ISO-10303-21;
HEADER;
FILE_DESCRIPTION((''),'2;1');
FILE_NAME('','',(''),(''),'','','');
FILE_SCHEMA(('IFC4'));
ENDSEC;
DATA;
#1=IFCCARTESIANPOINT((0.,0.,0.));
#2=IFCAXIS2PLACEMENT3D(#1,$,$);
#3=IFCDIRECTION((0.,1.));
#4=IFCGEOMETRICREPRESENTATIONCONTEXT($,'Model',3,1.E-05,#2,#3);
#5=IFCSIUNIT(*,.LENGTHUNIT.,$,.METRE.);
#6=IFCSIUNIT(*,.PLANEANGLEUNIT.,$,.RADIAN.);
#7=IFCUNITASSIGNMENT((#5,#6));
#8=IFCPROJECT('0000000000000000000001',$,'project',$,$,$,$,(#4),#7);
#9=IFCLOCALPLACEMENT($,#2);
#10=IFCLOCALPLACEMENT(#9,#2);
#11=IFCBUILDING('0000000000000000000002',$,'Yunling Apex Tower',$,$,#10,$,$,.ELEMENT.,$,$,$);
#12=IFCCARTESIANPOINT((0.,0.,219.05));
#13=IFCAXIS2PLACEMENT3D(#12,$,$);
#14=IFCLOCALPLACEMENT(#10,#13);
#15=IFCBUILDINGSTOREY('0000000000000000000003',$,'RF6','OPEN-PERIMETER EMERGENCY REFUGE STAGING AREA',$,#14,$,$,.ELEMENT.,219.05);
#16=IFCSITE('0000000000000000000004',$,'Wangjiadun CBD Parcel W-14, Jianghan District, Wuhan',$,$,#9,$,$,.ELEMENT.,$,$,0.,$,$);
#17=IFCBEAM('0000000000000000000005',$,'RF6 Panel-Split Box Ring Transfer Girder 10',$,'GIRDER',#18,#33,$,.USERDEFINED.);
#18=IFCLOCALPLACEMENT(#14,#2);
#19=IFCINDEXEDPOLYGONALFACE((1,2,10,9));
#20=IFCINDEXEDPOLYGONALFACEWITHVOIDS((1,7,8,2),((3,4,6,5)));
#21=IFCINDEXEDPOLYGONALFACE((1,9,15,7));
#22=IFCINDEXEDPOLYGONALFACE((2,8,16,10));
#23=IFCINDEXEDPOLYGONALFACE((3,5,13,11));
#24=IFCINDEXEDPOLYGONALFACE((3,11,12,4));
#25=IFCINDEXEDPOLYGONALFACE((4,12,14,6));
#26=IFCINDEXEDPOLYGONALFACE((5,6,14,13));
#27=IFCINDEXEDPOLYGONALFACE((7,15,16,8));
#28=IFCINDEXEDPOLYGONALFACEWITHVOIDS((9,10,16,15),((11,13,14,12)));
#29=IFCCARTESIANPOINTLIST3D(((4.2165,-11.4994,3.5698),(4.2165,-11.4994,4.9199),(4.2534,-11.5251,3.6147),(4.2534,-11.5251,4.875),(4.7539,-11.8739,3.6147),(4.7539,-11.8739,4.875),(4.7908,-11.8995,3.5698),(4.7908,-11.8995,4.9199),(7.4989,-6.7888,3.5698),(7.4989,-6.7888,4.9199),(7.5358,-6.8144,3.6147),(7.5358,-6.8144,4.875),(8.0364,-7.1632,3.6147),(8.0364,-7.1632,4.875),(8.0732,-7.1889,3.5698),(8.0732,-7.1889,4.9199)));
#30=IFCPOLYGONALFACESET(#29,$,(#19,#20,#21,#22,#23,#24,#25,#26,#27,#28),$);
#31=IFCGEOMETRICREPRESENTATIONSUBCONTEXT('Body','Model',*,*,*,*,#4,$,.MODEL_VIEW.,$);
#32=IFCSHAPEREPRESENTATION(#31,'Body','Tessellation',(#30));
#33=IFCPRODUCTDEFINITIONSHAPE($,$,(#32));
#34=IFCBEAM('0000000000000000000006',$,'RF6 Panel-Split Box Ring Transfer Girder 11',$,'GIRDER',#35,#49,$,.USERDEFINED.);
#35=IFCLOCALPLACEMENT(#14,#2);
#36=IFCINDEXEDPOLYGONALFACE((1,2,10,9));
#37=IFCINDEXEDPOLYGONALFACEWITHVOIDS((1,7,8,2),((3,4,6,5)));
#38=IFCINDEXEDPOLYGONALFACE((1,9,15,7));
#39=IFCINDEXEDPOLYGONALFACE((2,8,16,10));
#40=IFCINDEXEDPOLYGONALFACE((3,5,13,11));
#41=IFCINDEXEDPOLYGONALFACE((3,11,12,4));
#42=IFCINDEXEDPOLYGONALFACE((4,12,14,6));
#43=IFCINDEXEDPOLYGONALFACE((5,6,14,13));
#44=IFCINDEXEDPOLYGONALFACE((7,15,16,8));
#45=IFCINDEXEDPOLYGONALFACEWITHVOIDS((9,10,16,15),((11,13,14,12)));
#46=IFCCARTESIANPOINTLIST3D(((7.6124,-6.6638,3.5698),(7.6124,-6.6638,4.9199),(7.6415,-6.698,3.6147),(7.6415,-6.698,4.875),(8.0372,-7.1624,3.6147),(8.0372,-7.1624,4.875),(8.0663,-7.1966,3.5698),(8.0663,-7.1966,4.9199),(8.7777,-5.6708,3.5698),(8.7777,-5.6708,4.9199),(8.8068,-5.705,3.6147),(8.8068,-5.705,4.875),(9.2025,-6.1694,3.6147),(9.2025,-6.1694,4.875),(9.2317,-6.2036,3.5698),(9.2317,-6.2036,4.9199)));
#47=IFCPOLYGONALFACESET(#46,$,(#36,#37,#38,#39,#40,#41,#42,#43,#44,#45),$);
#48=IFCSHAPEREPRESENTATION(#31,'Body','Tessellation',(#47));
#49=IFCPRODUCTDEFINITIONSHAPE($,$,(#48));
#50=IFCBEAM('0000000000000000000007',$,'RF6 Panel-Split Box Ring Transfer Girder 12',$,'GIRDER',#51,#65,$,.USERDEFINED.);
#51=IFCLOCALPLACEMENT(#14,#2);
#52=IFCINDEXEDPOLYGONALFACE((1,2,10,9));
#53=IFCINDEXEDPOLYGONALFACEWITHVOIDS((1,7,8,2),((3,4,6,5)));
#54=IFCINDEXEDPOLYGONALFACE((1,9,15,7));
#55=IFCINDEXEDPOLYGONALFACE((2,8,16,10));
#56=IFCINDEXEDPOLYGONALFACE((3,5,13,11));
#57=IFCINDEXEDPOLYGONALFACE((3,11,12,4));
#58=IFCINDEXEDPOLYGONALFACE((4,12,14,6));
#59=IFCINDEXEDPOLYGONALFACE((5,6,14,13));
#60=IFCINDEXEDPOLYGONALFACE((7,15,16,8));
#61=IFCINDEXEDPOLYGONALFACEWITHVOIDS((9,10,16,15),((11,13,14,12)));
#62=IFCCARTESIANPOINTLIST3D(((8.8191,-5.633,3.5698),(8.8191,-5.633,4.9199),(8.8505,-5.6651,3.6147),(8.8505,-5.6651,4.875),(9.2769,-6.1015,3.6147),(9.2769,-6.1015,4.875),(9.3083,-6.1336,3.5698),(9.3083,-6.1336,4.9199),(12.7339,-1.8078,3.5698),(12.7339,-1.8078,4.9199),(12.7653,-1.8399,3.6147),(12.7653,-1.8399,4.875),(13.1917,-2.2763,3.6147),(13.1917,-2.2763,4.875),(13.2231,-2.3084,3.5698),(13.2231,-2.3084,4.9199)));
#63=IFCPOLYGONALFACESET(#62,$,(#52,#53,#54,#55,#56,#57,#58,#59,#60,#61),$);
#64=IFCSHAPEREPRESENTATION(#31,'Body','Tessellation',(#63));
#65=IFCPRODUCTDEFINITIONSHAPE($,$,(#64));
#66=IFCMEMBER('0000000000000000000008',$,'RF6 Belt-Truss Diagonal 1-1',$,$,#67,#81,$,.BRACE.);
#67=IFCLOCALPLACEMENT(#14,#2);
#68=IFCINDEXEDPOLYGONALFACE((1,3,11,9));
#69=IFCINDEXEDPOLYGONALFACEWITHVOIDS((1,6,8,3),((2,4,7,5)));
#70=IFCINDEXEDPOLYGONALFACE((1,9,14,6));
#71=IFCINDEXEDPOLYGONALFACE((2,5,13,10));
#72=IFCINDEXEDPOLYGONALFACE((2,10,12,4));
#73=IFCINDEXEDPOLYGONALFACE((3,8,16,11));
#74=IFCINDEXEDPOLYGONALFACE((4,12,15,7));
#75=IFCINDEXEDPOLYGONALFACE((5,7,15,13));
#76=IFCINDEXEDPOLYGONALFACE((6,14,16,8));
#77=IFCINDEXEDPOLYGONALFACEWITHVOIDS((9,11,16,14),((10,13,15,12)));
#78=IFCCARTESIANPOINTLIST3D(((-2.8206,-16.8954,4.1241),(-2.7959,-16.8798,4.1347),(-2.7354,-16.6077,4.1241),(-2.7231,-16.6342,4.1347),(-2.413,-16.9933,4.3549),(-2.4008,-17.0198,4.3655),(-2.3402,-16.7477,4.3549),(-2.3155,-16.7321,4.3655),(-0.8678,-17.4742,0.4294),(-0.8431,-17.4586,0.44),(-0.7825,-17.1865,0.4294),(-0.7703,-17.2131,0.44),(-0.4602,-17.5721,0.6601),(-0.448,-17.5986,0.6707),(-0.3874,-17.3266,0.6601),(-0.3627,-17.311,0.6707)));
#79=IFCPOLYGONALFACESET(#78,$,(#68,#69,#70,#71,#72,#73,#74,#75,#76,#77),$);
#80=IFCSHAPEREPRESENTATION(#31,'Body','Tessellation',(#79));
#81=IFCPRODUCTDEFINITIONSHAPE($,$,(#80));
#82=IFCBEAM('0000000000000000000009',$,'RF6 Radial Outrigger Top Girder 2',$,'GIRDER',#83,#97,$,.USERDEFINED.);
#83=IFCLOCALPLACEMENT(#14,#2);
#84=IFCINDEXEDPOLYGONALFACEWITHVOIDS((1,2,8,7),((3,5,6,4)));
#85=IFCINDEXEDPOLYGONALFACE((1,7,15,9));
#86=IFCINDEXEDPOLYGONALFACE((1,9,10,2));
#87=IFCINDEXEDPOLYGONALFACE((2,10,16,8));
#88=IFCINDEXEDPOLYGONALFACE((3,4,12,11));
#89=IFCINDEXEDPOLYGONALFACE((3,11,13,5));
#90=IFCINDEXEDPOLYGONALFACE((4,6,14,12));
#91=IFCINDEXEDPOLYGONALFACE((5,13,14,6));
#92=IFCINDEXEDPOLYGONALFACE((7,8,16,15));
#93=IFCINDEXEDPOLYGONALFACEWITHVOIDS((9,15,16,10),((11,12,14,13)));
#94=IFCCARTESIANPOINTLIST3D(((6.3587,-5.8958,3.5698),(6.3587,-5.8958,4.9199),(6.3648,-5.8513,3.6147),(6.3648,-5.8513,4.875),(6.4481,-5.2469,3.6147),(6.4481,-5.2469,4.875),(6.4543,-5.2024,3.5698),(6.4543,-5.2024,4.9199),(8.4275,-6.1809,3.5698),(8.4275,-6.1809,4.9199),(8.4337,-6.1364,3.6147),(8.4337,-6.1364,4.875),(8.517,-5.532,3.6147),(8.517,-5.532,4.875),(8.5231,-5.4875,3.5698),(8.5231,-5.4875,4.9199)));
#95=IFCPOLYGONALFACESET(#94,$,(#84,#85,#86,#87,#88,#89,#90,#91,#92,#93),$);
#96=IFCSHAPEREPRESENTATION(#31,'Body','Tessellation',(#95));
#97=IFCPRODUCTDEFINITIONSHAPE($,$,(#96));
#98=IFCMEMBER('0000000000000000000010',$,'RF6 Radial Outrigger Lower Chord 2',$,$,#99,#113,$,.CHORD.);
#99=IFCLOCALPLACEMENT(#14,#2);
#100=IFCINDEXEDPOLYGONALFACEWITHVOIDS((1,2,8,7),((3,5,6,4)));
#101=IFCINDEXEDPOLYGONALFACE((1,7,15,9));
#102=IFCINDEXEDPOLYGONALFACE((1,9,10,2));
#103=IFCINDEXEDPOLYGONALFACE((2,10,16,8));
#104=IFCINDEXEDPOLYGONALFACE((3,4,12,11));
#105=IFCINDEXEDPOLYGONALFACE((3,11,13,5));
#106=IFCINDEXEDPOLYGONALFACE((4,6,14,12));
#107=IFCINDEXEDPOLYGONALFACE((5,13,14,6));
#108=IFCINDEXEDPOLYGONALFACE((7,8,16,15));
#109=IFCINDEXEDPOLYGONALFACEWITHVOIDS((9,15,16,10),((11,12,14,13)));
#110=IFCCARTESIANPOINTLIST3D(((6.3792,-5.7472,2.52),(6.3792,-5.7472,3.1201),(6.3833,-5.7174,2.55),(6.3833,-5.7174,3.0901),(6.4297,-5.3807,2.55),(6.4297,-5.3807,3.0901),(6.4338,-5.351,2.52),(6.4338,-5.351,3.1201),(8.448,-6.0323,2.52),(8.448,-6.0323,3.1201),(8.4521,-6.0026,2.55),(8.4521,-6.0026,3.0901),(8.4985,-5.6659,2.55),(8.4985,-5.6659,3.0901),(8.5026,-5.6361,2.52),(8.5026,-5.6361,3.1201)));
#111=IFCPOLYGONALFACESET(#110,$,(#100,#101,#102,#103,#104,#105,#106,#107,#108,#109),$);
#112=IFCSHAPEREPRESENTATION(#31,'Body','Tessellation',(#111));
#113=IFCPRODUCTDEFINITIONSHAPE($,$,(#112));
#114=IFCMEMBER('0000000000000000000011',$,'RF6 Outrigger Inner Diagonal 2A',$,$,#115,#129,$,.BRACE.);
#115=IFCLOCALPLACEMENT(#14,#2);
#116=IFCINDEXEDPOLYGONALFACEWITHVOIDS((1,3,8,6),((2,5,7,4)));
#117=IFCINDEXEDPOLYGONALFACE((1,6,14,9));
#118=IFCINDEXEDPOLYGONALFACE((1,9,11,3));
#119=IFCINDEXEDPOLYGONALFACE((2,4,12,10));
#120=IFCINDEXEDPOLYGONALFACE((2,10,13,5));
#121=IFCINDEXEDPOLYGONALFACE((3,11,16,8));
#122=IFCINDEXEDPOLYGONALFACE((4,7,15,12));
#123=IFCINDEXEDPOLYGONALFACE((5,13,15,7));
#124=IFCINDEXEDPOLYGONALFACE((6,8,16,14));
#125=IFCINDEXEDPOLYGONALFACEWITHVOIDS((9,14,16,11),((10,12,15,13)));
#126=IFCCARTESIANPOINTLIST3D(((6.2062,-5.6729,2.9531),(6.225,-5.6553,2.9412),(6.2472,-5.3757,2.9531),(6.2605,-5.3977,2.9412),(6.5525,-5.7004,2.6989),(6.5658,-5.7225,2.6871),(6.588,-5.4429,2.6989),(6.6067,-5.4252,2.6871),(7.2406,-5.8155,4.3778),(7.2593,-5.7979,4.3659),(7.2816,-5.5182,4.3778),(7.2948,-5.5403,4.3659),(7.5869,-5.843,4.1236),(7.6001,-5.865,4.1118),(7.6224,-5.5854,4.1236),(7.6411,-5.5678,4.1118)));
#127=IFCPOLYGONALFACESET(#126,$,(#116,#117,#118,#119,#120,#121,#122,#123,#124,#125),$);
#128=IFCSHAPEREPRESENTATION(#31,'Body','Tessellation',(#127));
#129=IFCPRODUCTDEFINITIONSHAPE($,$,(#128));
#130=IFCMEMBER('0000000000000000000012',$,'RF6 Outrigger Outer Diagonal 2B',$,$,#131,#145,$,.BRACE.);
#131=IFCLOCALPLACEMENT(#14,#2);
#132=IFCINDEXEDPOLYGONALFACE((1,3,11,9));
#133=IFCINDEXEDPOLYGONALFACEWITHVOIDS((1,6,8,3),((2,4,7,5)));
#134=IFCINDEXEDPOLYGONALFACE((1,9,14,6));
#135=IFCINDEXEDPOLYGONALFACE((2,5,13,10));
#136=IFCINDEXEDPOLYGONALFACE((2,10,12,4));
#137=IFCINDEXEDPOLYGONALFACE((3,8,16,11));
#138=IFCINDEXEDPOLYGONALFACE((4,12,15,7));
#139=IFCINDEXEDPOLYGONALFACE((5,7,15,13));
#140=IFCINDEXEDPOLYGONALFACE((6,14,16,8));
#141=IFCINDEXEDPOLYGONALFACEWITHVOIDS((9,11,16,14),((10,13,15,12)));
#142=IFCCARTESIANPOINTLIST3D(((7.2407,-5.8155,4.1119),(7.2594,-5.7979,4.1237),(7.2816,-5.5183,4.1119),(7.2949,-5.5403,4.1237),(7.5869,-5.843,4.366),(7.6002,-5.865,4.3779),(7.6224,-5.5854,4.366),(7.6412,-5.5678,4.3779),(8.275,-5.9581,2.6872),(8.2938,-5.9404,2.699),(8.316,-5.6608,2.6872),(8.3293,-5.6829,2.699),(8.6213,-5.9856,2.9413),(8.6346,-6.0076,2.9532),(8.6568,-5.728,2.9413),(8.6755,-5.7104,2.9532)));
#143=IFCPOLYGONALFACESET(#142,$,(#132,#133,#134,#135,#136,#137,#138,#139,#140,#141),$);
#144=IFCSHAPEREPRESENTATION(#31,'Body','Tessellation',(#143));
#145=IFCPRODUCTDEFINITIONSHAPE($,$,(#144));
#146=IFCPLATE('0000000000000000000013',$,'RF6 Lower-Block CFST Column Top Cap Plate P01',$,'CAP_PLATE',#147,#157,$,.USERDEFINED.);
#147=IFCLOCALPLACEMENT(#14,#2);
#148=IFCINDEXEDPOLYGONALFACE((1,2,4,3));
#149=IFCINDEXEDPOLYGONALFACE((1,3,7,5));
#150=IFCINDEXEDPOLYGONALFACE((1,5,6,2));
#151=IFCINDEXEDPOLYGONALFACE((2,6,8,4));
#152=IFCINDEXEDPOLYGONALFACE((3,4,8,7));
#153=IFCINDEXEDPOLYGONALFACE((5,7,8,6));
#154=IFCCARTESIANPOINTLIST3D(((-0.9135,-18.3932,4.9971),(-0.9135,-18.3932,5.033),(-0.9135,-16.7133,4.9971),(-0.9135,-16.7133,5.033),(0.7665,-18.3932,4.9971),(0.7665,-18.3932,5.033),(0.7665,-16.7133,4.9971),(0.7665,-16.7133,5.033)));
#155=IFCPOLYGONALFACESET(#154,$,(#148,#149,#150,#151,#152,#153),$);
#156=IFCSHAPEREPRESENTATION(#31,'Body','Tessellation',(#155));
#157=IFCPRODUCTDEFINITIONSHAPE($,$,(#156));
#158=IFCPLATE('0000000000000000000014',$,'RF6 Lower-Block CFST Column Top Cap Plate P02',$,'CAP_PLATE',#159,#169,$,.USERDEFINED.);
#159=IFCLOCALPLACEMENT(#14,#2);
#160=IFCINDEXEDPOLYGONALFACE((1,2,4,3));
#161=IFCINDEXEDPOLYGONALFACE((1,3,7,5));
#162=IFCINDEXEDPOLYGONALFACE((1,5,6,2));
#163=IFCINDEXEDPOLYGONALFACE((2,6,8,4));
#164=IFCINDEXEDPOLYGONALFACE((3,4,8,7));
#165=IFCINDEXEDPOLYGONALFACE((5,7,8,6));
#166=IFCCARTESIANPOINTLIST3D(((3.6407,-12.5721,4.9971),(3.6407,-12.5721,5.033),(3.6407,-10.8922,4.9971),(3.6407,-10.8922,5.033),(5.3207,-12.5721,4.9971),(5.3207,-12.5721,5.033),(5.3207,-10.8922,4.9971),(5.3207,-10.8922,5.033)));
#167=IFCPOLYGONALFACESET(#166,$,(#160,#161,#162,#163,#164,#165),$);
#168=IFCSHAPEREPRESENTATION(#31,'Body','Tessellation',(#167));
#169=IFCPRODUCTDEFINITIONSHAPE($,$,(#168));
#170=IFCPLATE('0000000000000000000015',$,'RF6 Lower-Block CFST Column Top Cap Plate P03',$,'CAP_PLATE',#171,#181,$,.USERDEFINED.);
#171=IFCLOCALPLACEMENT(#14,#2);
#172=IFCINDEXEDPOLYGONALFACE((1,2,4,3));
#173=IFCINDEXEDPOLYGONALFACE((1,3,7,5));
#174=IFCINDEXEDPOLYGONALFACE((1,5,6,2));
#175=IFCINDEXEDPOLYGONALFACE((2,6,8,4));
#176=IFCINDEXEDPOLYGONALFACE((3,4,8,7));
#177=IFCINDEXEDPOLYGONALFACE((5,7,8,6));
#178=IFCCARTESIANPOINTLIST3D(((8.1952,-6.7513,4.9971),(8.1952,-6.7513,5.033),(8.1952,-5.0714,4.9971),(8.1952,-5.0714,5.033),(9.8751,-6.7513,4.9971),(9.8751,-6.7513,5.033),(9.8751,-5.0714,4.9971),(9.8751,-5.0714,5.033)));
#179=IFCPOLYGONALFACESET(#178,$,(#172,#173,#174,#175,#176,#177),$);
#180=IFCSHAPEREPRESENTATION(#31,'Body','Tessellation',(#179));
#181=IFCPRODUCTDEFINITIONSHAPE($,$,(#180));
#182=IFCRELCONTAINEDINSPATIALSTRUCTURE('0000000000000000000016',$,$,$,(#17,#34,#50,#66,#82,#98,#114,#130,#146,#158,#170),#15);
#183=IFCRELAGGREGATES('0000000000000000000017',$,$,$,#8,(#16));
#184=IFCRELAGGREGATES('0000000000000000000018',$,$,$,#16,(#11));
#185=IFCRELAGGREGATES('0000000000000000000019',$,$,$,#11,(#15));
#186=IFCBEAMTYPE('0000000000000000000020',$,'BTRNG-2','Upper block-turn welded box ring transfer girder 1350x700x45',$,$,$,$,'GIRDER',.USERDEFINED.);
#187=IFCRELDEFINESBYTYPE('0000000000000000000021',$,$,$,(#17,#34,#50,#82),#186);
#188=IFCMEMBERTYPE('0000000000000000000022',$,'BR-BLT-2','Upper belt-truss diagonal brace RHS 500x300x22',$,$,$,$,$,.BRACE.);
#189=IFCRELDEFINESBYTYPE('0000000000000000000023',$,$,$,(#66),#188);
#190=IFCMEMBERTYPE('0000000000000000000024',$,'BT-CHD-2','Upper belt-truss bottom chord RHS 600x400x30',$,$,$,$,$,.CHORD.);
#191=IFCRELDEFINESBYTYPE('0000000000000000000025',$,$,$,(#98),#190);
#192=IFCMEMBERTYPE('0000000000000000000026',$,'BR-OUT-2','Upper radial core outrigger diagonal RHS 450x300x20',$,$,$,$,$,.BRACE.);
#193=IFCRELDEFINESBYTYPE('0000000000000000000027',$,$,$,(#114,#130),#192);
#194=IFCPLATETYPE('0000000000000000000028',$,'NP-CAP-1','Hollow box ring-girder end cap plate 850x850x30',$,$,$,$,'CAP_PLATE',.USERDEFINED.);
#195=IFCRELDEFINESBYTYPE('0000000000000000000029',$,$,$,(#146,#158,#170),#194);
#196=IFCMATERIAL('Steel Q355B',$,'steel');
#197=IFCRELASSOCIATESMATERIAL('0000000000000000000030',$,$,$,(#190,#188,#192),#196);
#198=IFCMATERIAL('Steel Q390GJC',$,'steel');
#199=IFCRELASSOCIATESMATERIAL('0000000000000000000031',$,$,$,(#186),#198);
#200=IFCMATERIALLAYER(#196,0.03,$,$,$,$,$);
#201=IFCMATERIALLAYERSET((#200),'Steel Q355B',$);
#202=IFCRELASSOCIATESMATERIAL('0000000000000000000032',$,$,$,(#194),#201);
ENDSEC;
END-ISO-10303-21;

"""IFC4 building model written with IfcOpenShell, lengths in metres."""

from ifc_helpers import new_model, si_unit, direction, frame, origin, origin_2d, place, context, subcontext, project, spatial, rectangle, hollow_rectangle, extrude, source, transform, mapped, material, layer, layer_set, material_profile, profile_set, type_object, element, save


model = new_model("IFC4")

# Units and contexts
model_context = context("Model", 3, precision=1e-05, world=origin(), true_north=direction((0.0, 1.0)))
body_context = subcontext(model_context, "Body", "Model", "MODEL_VIEW")
ifc_project = project(units=[si_unit("LENGTHUNIT", "METRE"), si_unit("PLANEANGLEUNIT", "RADIAN")], contexts=[model_context])

# Site, building, storey
site_placement = place(None, origin())
site = spatial("IfcSite", under=ifc_project, at=site_placement, Name="Wangjiadun CBD Parcel W-14, Jianghan District, Wuhan", CompositionType="ELEMENT", RefElevation=0.0)
building_placement = place(site_placement, origin())
building = spatial("IfcBuilding", under=site, at=building_placement, Name="Yunling Apex Tower", CompositionType="ELEMENT")
storey_placement = place(building_placement, frame((0.0, 0.0, 219.05)))
storey = spatial("IfcBuildingStorey", under=building, at=storey_placement, Name="RF6", Description="OPEN-PERIMETER EMERGENCY REFUGE STAGING AREA", CompositionType="ELEMENT", Elevation=219.05)

# Shared definitions
ifc_material_1 = material(Name="Steel Q390GJC", Category="steel")

# Shared definitions
ifc_material_2 = material(Name="Steel Q355B", Category="steel")
ifc_material_profile_1 = material_profile(ifc_material_2, hollow_rectangle(XDim=0.3999, YDim=0.6001, WallThickness=0.03, at=origin_2d()))
ifc_profile_set_1 = profile_set([ifc_material_profile_1], Name="Steel Q355B")
member_type_1 = type_object("IfcMemberType", Name="BT-CHD-2", Description="Upper belt-truss bottom chord RHS 600x400x30", PredefinedType="CHORD", material=ifc_profile_set_1)

# Beams
ifc_material_profile_2 = material_profile(ifc_material_1, hollow_rectangle(XDim=0.7, YDim=1.3501, WallThickness=0.0449, at=origin_2d()))
ifc_profile_set_2 = profile_set([ifc_material_profile_2], Name="Steel Q390GJC")
beam_type = type_object("IfcBeamType", Name="BTRNG-2", Description="Upper block-turn welded box ring transfer girder 1350x700x45", ElementType="GIRDER", PredefinedType="USERDEFINED", material=ifc_profile_set_2)
shared_shape_1 = source(origin(), body_context, "Body", "SweptSolid", [
    extrude(hollow_rectangle(XDim=0.7, YDim=1.3501, WallThickness=0.0449, at=origin_2d()), origin(), (0.0, 0.0, 1.0), 5.7415),
])
beam_1_placement = place(storey_placement, frame((4.5037, -11.6995, 4.2449), z_axis=(0.571706, 0.820459, 0.0), x_axis=(-0.820459, 0.571706, 0.0)))
element("IfcBeam", 1, at=beam_1_placement, inside=storey, type_object=beam_type, Name="RF6 Panel-Split Box Ring Transfer Girder 10", ObjectType="GIRDER", PredefinedType="USERDEFINED", context=body_context, shape_type="MappedRepresentation", body=[
    mapped(shared_shape_1, transform((0.0, 0.0, 0.0), scale=1.0)),
])
shared_shape_2 = source(origin(), body_context, "Body", "SweptSolid", [
    extrude(hollow_rectangle(XDim=0.7, YDim=1.3501, WallThickness=0.0449, at=origin_2d()), origin(), (0.0, 0.0, 1.0), 1.531),
])
beam_2_placement = place(storey_placement, frame((7.8394, -6.9302, 4.2449), z_axis=(0.761156, 0.648569, 0.0), x_axis=(-0.648569, 0.761156, 0.0)))
element("IfcBeam", 2, at=beam_2_placement, inside=storey, type_object=beam_type, Name="RF6 Panel-Split Box Ring Transfer Girder 11", ObjectType="GIRDER", PredefinedType="USERDEFINED", context=body_context, shape_type="MappedRepresentation", body=[
    mapped(shared_shape_2, transform((0.0, 0.0, 0.0), scale=1.0)),
])
shared_shape_3 = source(origin(), body_context, "Body", "SweptSolid", [
    extrude(hollow_rectangle(XDim=0.7, YDim=1.3501, WallThickness=0.0449, at=origin_2d()), origin(), (0.0, 0.0, 1.0), 5.4734),
])
beam_3_placement = place(storey_placement, frame((9.0637, -5.8833, 4.2449), z_axis=(0.715244, 0.698874, 0.0), x_axis=(-0.698874, 0.715244, 0.0)))
element("IfcBeam", 3, at=beam_3_placement, inside=storey, type_object=beam_type, Name="RF6 Panel-Split Box Ring Transfer Girder 12", ObjectType="GIRDER", PredefinedType="USERDEFINED", context=body_context, shape_type="MappedRepresentation", body=[
    mapped(shared_shape_3, transform((0.0, 0.0, 0.0), scale=1.0)),
])

# Member
ifc_material_profile_3 = material_profile(ifc_material_2, hollow_rectangle(XDim=0.3, YDim=0.5, WallThickness=0.022, at=origin_2d()))
ifc_profile_set_3 = profile_set([ifc_material_profile_3], Name="Steel Q355B")
member_type_2 = type_object("IfcMemberType", Name="BR-BLT-2", Description="Upper belt-truss diagonal brace RHS 500x300x22", PredefinedType="BRACE", material=ifc_profile_set_3)
shared_shape_4 = source(origin(), body_context, "Body", "SweptSolid", [
    extrude(hollow_rectangle(XDim=0.3, YDim=0.5, WallThickness=0.022, at=origin_2d()), origin(), (0.0, 0.0, 1.0), 4.219),
])
member_1_placement = place(storey_placement, frame((-0.6152, -17.3926, 0.55), z_axis=(-0.46287, 0.1372, 0.875744), x_axis=(-0.28419, -0.958768, 0.0)))
element("IfcMember", 4, at=member_1_placement, inside=storey, type_object=member_type_2, Name="RF6 Belt-Truss Diagonal 1-1", PredefinedType="BRACE", context=body_context, shape_type="MappedRepresentation", body=[
    mapped(shared_shape_4, transform((0.0, 0.0, 0.0), scale=1.0)),
])

# Beam
shared_shape_5 = source(origin(), body_context, "Body", "SweptSolid", [
    extrude(hollow_rectangle(XDim=0.7, YDim=1.3501, WallThickness=0.0449, at=origin_2d()), origin(), (0.0, 0.0, 1.0), 2.0884),
])
beam_4_placement = place(storey_placement, frame((6.4065, -5.5491, 4.2449), z_axis=(0.990634, -0.136542, 0.0), x_axis=(0.136542, 0.990634, 0.0)))
element("IfcBeam", 5, at=beam_4_placement, inside=storey, type_object=beam_type, Name="RF6 Radial Outrigger Top Girder 2", ObjectType="GIRDER", PredefinedType="USERDEFINED", context=body_context, shape_type="MappedRepresentation", body=[
    mapped(shared_shape_5, transform((0.0, 0.0, 0.0), scale=1.0)),
])

# Members
shared_shape_6 = source(origin(), body_context, "Body", "SweptSolid", [
    extrude(hollow_rectangle(XDim=0.3999, YDim=0.6001, WallThickness=0.03, at=origin_2d()), origin(), (0.0, 0.0, 1.0), 2.0884),
])
member_2_placement = place(storey_placement, frame((6.4065, -5.5491, 2.8201), z_axis=(0.990634, -0.136542, 0.0), x_axis=(0.136542, 0.990634, 0.0)))
element("IfcMember", 6, at=member_2_placement, inside=storey, type_object=member_type_1, Name="RF6 Radial Outrigger Lower Chord 2", PredefinedType="CHORD", context=body_context, shape_type="MappedRepresentation", body=[
    mapped(shared_shape_6, transform((0.0, 0.0, 0.0), scale=1.0)),
])
ifc_material_profile_4 = material_profile(ifc_material_2, hollow_rectangle(XDim=0.3, YDim=0.45, WallThickness=0.02, at=origin_2d()))
ifc_profile_set_4 = profile_set([ifc_material_profile_4], Name="Steel Q355B")
member_type_3 = type_object("IfcMemberType", Name="BR-OUT-2", Description="Upper radial core outrigger diagonal RHS 450x300x20", PredefinedType="BRACE", material=ifc_profile_set_4)
shared_shape_7 = source(origin(), body_context, "Body", "SweptSolid", [
    extrude(hollow_rectangle(XDim=0.3, YDim=0.45, WallThickness=0.02, at=origin_2d()), origin(), (0.0, 0.0, 1.0), 1.7664),
])
for number, where, z_axis, x_axis, name in (
    (7, (6.4065, -5.5491, 2.8201), (0.585587, -0.080713, 0.806581), (0.136542, 0.990634, 0.0), "RF6 Outrigger Inner Diagonal 2A"),
    (8, (7.4409, -5.6917, 4.2449), (0.585587, -0.080713, -0.806581), (0.136542, 0.990634, 0.0), "RF6 Outrigger Outer Diagonal 2B"),
):
    element("IfcMember", number, at=place(storey_placement, frame(where, z_axis=z_axis, x_axis=x_axis)), inside=storey, type_object=member_type_3, Name=name, PredefinedType="BRACE", context=body_context, shape_type="MappedRepresentation", body=[
        mapped(shared_shape_7, transform((0.0, 0.0, 0.0), scale=1.0)),
    ])

# Plates
ifc_layer_1 = layer(ifc_material_2, 0.03)
ifc_layer_set_1 = layer_set([ifc_layer_1], Name="Steel Q355B")
plate_type_1 = type_object("IfcPlateType", Name="NP-CAP-1", Description="Hollow box ring-girder end cap plate 850x850x30", ElementType="CAP_PLATE", PredefinedType="USERDEFINED", material=ifc_layer_set_1)
shared_shape_8 = source(origin(), body_context, "Body", "SweptSolid", [
    extrude(rectangle(XDim=1.6799, YDim=1.6799, at=origin_2d()), origin(), (0.0, 0.0, 1.0), 0.0359),
])
for number, where, z_axis, x_axis, name in (
    (9, (-0.0735, -17.5532, 4.9971), (0.0, 0.0, 1.0), (1.0, 0.0, 0.0), "RF6 Lower-Block CFST Column Top Cap Plate P01"),
    (10, (4.4807, -11.7322, 4.9971), (0.0, 0.0, 1.0), (1.0, 0.0, 0.0), "RF6 Lower-Block CFST Column Top Cap Plate P02"),
    (11, (9.0352, -5.9114, 4.9971), (0.0, 0.0, 1.0), (1.0, 0.0, 0.0), "RF6 Lower-Block CFST Column Top Cap Plate P03"),
):
    element("IfcPlate", number, at=place(storey_placement, frame(where, z_axis=z_axis, x_axis=x_axis)), inside=storey, type_object=plate_type_1, Name=name, ObjectType="CAP_PLATE", PredefinedType="USERDEFINED", context=body_context, shape_type="MappedRepresentation", body=[
        mapped(shared_shape_8, transform((0.0, 0.0, 0.0), scale=1.0)),
    ])

save(model, "model.ifc")
